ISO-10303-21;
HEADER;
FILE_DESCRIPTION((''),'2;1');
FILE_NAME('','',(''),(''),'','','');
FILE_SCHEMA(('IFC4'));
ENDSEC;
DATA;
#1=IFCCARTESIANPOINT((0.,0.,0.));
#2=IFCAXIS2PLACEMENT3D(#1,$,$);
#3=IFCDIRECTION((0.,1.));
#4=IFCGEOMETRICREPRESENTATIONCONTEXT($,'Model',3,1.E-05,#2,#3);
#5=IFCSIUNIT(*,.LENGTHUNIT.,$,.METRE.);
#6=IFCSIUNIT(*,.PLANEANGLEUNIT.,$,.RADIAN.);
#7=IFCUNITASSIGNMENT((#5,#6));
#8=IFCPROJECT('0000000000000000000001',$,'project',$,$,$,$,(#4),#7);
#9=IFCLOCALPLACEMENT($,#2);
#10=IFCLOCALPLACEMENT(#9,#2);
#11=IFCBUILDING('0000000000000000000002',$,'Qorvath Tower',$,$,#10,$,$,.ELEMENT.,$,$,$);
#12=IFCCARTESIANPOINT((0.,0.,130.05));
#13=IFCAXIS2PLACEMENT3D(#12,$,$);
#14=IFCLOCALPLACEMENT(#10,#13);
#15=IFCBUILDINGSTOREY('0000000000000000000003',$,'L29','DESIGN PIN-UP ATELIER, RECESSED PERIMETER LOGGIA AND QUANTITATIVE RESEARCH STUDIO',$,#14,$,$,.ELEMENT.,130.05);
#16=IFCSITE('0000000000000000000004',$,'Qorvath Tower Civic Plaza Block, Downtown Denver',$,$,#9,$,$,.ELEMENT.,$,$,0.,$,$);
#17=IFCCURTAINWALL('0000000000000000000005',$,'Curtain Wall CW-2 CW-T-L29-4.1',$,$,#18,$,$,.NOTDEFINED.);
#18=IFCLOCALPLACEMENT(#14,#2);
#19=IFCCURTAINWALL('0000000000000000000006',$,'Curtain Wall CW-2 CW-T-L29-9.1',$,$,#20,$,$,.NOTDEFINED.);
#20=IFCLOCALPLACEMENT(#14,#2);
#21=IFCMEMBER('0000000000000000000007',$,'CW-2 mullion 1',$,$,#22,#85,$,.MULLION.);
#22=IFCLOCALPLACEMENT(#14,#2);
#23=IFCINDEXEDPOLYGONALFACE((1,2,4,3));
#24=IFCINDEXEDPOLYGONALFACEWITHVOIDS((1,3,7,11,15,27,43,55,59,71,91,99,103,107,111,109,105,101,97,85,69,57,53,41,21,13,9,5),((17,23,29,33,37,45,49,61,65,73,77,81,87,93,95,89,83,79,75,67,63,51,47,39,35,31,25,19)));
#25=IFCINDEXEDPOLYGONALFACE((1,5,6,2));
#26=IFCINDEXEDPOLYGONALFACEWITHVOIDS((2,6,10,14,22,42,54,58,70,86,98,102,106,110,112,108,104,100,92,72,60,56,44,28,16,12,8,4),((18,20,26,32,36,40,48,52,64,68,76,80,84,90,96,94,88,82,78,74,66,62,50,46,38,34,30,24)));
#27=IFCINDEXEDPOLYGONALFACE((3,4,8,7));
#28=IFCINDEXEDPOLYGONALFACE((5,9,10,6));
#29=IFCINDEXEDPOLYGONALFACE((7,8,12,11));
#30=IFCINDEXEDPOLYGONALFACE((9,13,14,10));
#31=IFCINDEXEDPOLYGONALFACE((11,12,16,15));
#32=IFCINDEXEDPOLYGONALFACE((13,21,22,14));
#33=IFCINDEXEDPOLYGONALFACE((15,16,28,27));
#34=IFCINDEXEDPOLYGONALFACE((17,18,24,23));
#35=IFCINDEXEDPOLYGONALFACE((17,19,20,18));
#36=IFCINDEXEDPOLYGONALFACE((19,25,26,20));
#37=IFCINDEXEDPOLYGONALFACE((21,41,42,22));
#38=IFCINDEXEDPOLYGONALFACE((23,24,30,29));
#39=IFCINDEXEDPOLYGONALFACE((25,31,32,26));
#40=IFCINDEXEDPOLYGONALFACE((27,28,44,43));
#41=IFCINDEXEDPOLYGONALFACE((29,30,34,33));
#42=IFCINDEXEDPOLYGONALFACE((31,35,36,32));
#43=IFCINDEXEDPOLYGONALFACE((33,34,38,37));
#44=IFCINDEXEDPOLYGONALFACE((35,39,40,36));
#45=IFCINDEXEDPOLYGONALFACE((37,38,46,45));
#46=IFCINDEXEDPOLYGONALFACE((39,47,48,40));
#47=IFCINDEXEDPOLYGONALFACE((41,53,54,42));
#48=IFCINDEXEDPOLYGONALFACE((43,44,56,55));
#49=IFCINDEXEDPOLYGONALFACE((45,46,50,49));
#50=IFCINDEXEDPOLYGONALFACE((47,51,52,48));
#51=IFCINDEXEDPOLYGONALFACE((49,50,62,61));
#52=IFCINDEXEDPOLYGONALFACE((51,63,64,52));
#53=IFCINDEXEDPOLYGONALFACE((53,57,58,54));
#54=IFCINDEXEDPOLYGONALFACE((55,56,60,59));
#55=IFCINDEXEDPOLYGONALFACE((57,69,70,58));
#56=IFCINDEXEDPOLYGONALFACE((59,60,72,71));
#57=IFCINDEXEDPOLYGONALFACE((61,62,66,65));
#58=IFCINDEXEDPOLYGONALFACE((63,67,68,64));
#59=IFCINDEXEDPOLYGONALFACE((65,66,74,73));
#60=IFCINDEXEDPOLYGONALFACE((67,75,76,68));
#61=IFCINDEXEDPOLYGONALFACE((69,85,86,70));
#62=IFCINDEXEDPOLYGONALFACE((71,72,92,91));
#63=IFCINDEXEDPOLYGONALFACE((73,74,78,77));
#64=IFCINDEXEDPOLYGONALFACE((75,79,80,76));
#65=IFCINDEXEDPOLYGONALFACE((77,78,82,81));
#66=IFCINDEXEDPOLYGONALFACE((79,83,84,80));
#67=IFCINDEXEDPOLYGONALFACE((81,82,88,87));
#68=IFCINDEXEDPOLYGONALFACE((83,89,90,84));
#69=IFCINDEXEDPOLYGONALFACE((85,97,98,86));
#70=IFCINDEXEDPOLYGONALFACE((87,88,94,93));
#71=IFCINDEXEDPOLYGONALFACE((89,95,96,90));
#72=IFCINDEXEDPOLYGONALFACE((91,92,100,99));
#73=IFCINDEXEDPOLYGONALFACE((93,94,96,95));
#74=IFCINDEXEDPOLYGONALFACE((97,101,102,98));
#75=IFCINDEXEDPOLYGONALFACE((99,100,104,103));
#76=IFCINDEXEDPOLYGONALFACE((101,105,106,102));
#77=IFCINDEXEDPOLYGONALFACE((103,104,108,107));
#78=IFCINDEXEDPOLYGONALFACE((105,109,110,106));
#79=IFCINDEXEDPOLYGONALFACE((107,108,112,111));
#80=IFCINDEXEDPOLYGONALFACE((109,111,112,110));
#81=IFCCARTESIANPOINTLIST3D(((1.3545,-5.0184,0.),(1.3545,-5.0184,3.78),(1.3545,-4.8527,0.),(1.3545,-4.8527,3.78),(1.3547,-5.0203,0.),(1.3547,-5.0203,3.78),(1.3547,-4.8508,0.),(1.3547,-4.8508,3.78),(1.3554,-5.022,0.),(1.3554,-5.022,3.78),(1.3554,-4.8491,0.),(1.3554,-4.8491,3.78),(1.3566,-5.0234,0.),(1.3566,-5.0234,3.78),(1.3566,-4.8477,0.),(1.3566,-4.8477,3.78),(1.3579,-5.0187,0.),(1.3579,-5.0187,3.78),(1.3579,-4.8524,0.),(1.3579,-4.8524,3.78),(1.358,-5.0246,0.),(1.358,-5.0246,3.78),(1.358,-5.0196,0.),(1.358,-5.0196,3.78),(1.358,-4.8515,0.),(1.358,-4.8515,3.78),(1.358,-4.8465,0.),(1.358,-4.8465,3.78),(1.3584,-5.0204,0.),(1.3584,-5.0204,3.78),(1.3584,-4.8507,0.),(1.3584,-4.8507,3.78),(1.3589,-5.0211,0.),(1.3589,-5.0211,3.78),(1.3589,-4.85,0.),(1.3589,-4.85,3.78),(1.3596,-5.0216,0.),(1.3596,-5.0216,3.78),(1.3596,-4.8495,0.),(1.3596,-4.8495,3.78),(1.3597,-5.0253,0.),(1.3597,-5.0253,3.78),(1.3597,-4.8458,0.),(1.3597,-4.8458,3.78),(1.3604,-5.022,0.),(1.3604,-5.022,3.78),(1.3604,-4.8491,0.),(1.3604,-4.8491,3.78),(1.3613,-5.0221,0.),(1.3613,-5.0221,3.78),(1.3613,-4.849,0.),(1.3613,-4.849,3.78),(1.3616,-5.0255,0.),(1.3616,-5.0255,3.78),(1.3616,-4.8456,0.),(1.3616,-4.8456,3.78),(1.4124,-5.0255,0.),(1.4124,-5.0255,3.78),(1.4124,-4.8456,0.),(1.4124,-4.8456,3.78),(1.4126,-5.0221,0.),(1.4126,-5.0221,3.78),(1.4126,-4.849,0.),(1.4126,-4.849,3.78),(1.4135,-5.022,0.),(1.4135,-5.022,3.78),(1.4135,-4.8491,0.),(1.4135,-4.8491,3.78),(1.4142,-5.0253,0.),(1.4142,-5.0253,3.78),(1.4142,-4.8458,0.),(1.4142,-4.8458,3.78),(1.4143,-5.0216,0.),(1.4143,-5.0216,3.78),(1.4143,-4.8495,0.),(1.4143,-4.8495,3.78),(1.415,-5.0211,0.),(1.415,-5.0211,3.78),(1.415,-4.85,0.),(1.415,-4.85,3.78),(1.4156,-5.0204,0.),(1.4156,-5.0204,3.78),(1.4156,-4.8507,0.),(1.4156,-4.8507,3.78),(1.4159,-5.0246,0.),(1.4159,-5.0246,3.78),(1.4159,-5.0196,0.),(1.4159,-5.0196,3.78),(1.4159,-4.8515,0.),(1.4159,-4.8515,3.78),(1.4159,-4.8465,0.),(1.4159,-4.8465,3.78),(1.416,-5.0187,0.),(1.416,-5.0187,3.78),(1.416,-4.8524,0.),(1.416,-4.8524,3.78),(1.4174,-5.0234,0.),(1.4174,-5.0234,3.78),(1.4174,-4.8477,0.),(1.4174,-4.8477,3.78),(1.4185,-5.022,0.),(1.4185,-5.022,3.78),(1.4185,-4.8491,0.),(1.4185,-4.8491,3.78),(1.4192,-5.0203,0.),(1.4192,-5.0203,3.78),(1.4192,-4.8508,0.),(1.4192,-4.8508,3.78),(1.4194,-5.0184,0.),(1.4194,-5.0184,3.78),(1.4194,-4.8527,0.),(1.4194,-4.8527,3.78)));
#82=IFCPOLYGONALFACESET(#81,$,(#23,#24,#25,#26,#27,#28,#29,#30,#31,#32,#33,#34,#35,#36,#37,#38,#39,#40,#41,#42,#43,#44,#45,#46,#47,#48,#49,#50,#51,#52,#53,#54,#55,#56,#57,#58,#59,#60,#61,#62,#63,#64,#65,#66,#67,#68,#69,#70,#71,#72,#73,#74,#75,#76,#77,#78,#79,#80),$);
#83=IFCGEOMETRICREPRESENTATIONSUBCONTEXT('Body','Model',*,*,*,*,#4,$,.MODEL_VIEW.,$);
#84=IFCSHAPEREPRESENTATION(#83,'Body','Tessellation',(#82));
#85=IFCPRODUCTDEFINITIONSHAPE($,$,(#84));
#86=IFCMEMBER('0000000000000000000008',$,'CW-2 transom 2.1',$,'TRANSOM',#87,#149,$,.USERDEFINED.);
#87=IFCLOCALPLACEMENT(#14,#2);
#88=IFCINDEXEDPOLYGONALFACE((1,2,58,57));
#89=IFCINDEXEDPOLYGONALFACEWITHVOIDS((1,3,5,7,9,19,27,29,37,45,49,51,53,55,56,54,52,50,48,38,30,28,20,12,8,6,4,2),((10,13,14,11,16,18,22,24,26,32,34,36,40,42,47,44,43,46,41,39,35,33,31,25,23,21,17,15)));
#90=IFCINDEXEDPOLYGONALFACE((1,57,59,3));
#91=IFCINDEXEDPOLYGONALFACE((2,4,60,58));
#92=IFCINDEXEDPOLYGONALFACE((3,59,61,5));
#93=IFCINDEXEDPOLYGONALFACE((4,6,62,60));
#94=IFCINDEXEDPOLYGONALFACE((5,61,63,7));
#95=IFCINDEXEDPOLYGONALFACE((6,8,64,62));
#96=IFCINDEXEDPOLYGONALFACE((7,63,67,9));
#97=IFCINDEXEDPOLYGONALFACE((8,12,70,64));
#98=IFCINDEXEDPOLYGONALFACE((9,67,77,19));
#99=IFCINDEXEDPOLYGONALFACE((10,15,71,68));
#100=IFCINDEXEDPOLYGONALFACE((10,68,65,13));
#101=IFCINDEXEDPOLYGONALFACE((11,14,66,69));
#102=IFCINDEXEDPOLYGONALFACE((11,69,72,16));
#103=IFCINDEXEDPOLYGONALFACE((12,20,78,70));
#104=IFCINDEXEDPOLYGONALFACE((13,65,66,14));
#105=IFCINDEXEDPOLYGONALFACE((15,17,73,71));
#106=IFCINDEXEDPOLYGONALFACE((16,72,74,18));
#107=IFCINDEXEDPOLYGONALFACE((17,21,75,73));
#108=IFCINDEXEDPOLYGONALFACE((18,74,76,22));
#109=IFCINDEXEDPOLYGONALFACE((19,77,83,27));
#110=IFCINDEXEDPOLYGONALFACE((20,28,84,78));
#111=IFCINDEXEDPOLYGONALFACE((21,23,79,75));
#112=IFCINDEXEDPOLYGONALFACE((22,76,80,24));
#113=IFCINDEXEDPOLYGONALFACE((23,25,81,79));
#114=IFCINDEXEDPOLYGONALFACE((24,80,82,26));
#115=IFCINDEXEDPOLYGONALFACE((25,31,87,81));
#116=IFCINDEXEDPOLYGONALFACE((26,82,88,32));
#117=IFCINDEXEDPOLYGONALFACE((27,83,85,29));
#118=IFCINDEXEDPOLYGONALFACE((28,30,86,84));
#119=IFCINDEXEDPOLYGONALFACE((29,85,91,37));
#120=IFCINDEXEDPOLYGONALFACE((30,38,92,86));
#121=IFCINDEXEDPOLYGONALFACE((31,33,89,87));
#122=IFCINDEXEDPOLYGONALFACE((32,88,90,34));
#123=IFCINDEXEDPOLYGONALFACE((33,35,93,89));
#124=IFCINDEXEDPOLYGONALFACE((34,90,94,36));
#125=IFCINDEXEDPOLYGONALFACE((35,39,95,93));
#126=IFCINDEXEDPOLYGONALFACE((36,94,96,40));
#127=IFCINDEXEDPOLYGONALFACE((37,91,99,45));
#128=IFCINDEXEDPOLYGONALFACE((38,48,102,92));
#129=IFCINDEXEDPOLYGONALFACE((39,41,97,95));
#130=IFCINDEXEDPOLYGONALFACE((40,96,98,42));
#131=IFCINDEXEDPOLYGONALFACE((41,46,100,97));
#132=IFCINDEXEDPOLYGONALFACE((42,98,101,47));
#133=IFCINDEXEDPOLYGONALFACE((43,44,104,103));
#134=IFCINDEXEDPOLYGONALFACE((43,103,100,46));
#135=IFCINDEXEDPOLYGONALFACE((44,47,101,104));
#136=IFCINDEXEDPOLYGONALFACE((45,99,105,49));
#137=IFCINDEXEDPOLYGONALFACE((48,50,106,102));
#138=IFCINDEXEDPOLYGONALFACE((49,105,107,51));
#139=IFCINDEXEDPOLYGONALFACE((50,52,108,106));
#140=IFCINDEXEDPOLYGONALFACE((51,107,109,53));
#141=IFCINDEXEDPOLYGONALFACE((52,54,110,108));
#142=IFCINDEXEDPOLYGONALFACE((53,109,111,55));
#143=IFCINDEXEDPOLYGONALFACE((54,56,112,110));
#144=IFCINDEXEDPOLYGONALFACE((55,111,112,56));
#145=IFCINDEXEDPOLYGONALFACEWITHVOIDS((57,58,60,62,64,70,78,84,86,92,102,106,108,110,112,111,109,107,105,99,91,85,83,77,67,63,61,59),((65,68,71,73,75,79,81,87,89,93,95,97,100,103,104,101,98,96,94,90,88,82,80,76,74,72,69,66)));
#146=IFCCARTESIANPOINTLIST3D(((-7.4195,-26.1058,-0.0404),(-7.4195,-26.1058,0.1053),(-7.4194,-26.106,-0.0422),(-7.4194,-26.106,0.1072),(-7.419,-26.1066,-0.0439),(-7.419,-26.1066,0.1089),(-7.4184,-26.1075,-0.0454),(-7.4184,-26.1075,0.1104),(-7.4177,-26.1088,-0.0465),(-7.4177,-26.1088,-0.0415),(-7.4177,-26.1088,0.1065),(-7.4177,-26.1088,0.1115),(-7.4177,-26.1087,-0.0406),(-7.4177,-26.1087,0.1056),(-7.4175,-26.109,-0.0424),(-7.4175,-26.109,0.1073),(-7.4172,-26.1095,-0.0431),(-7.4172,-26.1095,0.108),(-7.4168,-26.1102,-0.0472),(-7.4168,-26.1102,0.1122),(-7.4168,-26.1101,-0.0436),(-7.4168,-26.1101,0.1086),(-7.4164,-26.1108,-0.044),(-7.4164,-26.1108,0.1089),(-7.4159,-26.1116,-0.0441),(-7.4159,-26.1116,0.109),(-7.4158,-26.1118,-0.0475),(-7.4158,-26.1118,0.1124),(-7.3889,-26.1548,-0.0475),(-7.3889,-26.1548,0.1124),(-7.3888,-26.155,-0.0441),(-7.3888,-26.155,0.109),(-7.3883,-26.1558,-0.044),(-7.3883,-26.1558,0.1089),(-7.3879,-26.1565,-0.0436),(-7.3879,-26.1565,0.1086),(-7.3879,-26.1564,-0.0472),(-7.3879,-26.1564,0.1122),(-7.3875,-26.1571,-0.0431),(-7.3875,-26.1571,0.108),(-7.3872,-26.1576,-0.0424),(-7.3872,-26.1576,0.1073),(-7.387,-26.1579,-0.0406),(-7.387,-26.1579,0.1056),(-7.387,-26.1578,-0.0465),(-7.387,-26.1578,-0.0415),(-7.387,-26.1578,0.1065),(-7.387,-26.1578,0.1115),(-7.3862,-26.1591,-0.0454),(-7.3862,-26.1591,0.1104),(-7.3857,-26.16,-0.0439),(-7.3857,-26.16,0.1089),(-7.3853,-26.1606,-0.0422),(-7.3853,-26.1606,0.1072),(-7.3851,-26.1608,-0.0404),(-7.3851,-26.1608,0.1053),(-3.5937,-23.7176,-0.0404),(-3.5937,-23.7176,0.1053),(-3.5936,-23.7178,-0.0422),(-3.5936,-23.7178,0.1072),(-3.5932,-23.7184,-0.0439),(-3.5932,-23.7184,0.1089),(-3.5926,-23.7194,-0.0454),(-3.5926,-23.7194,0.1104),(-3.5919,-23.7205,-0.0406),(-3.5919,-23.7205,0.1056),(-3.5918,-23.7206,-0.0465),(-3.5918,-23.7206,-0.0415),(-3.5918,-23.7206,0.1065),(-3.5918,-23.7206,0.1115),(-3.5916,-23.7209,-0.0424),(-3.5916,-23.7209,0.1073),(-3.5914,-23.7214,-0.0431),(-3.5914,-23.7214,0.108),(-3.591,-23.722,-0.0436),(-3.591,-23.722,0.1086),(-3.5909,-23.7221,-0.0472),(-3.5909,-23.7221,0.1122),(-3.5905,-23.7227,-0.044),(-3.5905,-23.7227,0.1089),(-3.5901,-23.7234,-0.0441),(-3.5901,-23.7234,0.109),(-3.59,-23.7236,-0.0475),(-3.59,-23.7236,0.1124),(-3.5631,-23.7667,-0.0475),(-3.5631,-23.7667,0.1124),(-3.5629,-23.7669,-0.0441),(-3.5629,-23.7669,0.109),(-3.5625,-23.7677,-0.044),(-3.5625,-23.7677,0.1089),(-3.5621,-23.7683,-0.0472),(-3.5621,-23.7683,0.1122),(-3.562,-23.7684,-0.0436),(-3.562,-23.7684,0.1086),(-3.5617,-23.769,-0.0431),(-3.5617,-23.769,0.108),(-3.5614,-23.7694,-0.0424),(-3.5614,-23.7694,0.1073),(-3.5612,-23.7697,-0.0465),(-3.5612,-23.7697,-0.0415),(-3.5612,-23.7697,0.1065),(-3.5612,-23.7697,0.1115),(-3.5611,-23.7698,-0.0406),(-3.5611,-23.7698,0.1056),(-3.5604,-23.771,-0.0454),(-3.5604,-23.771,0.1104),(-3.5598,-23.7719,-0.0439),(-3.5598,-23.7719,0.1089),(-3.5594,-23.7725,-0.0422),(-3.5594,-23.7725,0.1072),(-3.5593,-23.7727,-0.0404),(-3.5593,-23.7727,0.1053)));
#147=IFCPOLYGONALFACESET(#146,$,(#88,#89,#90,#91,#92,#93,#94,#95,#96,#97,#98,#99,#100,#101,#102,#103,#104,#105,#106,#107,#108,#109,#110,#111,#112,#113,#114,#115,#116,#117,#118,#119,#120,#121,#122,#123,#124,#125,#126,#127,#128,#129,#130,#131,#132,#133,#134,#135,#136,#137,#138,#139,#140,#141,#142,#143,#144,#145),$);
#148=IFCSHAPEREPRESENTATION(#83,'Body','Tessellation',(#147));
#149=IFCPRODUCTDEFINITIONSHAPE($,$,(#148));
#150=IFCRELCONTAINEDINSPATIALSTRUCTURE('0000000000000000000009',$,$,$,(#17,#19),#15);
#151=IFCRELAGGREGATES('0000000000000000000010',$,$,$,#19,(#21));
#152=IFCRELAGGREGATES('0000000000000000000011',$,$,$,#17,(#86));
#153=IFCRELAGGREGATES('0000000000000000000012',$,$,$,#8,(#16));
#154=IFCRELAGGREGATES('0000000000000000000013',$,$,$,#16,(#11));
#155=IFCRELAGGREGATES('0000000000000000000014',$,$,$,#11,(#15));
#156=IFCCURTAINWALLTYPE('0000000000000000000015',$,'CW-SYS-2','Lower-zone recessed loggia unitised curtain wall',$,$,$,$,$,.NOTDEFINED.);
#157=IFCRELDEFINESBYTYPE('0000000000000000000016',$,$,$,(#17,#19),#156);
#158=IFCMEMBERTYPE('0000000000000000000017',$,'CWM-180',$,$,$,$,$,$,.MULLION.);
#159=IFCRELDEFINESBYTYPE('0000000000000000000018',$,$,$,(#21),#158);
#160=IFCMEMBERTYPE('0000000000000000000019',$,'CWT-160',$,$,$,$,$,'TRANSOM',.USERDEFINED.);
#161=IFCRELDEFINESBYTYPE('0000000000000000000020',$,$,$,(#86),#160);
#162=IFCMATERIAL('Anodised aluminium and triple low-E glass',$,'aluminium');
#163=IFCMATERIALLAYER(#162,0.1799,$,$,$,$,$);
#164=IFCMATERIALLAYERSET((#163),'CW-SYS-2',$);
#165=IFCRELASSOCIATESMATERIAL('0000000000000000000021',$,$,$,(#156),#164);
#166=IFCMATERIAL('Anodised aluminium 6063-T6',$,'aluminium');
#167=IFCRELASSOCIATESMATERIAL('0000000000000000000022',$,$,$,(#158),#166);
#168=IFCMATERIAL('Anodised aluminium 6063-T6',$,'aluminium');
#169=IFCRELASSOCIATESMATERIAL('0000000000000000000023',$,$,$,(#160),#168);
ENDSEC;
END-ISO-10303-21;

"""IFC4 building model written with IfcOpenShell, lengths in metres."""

from ifc_helpers import new_model, si_unit, direction, frame, origin, origin_2d, place, context, subcontext, project, spatial, hollow_rectangle, extrude, material, layer, layer_set, material_profile, profile_set, type_object, element, aggregate, save


model = new_model("IFC4")

# Units and contexts
model_context = context("Model", 3, precision=1e-05, world=origin(), true_north=direction((0.0, 1.0)))
body_context = subcontext(model_context, "Body", "Model", "MODEL_VIEW")
ifc_project = project(units=[si_unit("LENGTHUNIT", "METRE"), si_unit("PLANEANGLEUNIT", "RADIAN")], contexts=[model_context])

# Site, building, storey
site_placement = place(None, origin())
site = spatial("IfcSite", under=ifc_project, at=site_placement, Name="Qorvath Tower Civic Plaza Block, Downtown Denver", CompositionType="ELEMENT", RefElevation=0.0)
building_placement = place(site_placement, origin())
building = spatial("IfcBuilding", under=site, at=building_placement, Name="Qorvath Tower", CompositionType="ELEMENT")
storey_placement = place(building_placement, frame((0.0, 0.0, 130.05)))
storey = spatial("IfcBuildingStorey", under=building, at=storey_placement, Name="L29", Description="DESIGN PIN-UP ATELIER, RECESSED PERIMETER LOGGIA AND QUANTITATIVE RESEARCH STUDIO", CompositionType="ELEMENT", Elevation=130.05)

# Curtain wall
ifc_material_1 = material(Name="Anodised aluminium and triple low-E glass", Category="aluminium")
ifc_layer_1 = layer(ifc_material_1, 0.1799)
ifc_layer_set_1 = layer_set([ifc_layer_1], Name="CW-SYS-2")
curtain_wall_type = type_object("IfcCurtainWallType", Name="CW-SYS-2", Description="Lower-zone recessed loggia unitised curtain wall", PredefinedType="NOTDEFINED", material=ifc_layer_set_1)
curtain_wall_1_placement = place(storey_placement, origin())
curtain_wall_1 = element("IfcCurtainWall", 1, at=curtain_wall_1_placement, inside=storey, type_object=curtain_wall_type, Name="Curtain Wall CW-2 CW-T-L29-4.1", PredefinedType="NOTDEFINED")
ifc_material_2 = material(Name="Anodised aluminium 6063-T6", Category="aluminium")
ifc_material_profile_1 = material_profile(ifc_material_2, hollow_rectangle(XDim=0.0649, YDim=0.1799, WallThickness=0.0034, InnerFilletRadius=0.0034, OuterFilletRadius=0.0071, at=origin_2d()), Name="CWM 180x65")
ifc_profile_set_1 = profile_set([ifc_material_profile_1], Name="Anodised aluminium 6063-T6")
member_type_1 = type_object("IfcMemberType", Name="CWM-180", PredefinedType="MULLION", material=ifc_profile_set_1)

# Curtain wall, member
curtain_wall_2_placement = place(storey_placement, origin())
curtain_wall_2 = element("IfcCurtainWall", 2, at=curtain_wall_2_placement, inside=storey, type_object=curtain_wall_type, Name="Curtain Wall CW-2 CW-T-L29-9.1", PredefinedType="NOTDEFINED")
member_1_placement = place(storey_placement, frame((1.387, -4.9355, 0.0), z_axis=(0.0, 0.0, 1.0), x_axis=(-1.0, 0.0, 0.0)))
member_1 = element("IfcMember", 3, at=member_1_placement, type_object=member_type_1, Name="CW-2 mullion 1", PredefinedType="MULLION", context=body_context, shape_type="SweptSolid", body=[
    extrude(hollow_rectangle(XDim=0.0649, YDim=0.1799, WallThickness=0.0034, InnerFilletRadius=0.0034, OuterFilletRadius=0.0071, at=origin_2d()), origin(), (0.0, 0.0, 1.0), 3.78),
])
aggregate(curtain_wall_2, [member_1])

# Member
ifc_material_3 = material(Name="Anodised aluminium 6063-T6", Category="aluminium")
ifc_material_profile_2 = material_profile(ifc_material_3, hollow_rectangle(XDim=0.0649, YDim=0.1599, WallThickness=0.0034, InnerFilletRadius=0.0034, OuterFilletRadius=0.0071, at=origin_2d()), Name="CWT 160x65")
ifc_profile_set_2 = profile_set([ifc_material_profile_2], Name="Anodised aluminium 6063-T6")
member_type_2 = type_object("IfcMemberType", Name="CWT-160", ElementType="TRANSOM", PredefinedType="USERDEFINED", material=ifc_profile_set_2)
member_2_placement = place(storey_placement, frame((-7.4023, -26.1333, 0.0325), z_axis=(0.848299, 0.529517, 0.0), x_axis=(-0.529517, 0.848299, 0.0)))
member_2 = element("IfcMember", 4, at=member_2_placement, type_object=member_type_2, Name="CW-2 transom 2.1", ObjectType="TRANSOM", PredefinedType="USERDEFINED", context=body_context, shape_type="SweptSolid", body=[
    extrude(hollow_rectangle(XDim=0.0649, YDim=0.1599, WallThickness=0.0034, InnerFilletRadius=0.0034, OuterFilletRadius=0.0071, at=origin_2d()), origin(), (0.0, 0.0, 1.0), 4.51),
])

aggregate(curtain_wall_1, [member_2])

save(model, "model.ifc")
